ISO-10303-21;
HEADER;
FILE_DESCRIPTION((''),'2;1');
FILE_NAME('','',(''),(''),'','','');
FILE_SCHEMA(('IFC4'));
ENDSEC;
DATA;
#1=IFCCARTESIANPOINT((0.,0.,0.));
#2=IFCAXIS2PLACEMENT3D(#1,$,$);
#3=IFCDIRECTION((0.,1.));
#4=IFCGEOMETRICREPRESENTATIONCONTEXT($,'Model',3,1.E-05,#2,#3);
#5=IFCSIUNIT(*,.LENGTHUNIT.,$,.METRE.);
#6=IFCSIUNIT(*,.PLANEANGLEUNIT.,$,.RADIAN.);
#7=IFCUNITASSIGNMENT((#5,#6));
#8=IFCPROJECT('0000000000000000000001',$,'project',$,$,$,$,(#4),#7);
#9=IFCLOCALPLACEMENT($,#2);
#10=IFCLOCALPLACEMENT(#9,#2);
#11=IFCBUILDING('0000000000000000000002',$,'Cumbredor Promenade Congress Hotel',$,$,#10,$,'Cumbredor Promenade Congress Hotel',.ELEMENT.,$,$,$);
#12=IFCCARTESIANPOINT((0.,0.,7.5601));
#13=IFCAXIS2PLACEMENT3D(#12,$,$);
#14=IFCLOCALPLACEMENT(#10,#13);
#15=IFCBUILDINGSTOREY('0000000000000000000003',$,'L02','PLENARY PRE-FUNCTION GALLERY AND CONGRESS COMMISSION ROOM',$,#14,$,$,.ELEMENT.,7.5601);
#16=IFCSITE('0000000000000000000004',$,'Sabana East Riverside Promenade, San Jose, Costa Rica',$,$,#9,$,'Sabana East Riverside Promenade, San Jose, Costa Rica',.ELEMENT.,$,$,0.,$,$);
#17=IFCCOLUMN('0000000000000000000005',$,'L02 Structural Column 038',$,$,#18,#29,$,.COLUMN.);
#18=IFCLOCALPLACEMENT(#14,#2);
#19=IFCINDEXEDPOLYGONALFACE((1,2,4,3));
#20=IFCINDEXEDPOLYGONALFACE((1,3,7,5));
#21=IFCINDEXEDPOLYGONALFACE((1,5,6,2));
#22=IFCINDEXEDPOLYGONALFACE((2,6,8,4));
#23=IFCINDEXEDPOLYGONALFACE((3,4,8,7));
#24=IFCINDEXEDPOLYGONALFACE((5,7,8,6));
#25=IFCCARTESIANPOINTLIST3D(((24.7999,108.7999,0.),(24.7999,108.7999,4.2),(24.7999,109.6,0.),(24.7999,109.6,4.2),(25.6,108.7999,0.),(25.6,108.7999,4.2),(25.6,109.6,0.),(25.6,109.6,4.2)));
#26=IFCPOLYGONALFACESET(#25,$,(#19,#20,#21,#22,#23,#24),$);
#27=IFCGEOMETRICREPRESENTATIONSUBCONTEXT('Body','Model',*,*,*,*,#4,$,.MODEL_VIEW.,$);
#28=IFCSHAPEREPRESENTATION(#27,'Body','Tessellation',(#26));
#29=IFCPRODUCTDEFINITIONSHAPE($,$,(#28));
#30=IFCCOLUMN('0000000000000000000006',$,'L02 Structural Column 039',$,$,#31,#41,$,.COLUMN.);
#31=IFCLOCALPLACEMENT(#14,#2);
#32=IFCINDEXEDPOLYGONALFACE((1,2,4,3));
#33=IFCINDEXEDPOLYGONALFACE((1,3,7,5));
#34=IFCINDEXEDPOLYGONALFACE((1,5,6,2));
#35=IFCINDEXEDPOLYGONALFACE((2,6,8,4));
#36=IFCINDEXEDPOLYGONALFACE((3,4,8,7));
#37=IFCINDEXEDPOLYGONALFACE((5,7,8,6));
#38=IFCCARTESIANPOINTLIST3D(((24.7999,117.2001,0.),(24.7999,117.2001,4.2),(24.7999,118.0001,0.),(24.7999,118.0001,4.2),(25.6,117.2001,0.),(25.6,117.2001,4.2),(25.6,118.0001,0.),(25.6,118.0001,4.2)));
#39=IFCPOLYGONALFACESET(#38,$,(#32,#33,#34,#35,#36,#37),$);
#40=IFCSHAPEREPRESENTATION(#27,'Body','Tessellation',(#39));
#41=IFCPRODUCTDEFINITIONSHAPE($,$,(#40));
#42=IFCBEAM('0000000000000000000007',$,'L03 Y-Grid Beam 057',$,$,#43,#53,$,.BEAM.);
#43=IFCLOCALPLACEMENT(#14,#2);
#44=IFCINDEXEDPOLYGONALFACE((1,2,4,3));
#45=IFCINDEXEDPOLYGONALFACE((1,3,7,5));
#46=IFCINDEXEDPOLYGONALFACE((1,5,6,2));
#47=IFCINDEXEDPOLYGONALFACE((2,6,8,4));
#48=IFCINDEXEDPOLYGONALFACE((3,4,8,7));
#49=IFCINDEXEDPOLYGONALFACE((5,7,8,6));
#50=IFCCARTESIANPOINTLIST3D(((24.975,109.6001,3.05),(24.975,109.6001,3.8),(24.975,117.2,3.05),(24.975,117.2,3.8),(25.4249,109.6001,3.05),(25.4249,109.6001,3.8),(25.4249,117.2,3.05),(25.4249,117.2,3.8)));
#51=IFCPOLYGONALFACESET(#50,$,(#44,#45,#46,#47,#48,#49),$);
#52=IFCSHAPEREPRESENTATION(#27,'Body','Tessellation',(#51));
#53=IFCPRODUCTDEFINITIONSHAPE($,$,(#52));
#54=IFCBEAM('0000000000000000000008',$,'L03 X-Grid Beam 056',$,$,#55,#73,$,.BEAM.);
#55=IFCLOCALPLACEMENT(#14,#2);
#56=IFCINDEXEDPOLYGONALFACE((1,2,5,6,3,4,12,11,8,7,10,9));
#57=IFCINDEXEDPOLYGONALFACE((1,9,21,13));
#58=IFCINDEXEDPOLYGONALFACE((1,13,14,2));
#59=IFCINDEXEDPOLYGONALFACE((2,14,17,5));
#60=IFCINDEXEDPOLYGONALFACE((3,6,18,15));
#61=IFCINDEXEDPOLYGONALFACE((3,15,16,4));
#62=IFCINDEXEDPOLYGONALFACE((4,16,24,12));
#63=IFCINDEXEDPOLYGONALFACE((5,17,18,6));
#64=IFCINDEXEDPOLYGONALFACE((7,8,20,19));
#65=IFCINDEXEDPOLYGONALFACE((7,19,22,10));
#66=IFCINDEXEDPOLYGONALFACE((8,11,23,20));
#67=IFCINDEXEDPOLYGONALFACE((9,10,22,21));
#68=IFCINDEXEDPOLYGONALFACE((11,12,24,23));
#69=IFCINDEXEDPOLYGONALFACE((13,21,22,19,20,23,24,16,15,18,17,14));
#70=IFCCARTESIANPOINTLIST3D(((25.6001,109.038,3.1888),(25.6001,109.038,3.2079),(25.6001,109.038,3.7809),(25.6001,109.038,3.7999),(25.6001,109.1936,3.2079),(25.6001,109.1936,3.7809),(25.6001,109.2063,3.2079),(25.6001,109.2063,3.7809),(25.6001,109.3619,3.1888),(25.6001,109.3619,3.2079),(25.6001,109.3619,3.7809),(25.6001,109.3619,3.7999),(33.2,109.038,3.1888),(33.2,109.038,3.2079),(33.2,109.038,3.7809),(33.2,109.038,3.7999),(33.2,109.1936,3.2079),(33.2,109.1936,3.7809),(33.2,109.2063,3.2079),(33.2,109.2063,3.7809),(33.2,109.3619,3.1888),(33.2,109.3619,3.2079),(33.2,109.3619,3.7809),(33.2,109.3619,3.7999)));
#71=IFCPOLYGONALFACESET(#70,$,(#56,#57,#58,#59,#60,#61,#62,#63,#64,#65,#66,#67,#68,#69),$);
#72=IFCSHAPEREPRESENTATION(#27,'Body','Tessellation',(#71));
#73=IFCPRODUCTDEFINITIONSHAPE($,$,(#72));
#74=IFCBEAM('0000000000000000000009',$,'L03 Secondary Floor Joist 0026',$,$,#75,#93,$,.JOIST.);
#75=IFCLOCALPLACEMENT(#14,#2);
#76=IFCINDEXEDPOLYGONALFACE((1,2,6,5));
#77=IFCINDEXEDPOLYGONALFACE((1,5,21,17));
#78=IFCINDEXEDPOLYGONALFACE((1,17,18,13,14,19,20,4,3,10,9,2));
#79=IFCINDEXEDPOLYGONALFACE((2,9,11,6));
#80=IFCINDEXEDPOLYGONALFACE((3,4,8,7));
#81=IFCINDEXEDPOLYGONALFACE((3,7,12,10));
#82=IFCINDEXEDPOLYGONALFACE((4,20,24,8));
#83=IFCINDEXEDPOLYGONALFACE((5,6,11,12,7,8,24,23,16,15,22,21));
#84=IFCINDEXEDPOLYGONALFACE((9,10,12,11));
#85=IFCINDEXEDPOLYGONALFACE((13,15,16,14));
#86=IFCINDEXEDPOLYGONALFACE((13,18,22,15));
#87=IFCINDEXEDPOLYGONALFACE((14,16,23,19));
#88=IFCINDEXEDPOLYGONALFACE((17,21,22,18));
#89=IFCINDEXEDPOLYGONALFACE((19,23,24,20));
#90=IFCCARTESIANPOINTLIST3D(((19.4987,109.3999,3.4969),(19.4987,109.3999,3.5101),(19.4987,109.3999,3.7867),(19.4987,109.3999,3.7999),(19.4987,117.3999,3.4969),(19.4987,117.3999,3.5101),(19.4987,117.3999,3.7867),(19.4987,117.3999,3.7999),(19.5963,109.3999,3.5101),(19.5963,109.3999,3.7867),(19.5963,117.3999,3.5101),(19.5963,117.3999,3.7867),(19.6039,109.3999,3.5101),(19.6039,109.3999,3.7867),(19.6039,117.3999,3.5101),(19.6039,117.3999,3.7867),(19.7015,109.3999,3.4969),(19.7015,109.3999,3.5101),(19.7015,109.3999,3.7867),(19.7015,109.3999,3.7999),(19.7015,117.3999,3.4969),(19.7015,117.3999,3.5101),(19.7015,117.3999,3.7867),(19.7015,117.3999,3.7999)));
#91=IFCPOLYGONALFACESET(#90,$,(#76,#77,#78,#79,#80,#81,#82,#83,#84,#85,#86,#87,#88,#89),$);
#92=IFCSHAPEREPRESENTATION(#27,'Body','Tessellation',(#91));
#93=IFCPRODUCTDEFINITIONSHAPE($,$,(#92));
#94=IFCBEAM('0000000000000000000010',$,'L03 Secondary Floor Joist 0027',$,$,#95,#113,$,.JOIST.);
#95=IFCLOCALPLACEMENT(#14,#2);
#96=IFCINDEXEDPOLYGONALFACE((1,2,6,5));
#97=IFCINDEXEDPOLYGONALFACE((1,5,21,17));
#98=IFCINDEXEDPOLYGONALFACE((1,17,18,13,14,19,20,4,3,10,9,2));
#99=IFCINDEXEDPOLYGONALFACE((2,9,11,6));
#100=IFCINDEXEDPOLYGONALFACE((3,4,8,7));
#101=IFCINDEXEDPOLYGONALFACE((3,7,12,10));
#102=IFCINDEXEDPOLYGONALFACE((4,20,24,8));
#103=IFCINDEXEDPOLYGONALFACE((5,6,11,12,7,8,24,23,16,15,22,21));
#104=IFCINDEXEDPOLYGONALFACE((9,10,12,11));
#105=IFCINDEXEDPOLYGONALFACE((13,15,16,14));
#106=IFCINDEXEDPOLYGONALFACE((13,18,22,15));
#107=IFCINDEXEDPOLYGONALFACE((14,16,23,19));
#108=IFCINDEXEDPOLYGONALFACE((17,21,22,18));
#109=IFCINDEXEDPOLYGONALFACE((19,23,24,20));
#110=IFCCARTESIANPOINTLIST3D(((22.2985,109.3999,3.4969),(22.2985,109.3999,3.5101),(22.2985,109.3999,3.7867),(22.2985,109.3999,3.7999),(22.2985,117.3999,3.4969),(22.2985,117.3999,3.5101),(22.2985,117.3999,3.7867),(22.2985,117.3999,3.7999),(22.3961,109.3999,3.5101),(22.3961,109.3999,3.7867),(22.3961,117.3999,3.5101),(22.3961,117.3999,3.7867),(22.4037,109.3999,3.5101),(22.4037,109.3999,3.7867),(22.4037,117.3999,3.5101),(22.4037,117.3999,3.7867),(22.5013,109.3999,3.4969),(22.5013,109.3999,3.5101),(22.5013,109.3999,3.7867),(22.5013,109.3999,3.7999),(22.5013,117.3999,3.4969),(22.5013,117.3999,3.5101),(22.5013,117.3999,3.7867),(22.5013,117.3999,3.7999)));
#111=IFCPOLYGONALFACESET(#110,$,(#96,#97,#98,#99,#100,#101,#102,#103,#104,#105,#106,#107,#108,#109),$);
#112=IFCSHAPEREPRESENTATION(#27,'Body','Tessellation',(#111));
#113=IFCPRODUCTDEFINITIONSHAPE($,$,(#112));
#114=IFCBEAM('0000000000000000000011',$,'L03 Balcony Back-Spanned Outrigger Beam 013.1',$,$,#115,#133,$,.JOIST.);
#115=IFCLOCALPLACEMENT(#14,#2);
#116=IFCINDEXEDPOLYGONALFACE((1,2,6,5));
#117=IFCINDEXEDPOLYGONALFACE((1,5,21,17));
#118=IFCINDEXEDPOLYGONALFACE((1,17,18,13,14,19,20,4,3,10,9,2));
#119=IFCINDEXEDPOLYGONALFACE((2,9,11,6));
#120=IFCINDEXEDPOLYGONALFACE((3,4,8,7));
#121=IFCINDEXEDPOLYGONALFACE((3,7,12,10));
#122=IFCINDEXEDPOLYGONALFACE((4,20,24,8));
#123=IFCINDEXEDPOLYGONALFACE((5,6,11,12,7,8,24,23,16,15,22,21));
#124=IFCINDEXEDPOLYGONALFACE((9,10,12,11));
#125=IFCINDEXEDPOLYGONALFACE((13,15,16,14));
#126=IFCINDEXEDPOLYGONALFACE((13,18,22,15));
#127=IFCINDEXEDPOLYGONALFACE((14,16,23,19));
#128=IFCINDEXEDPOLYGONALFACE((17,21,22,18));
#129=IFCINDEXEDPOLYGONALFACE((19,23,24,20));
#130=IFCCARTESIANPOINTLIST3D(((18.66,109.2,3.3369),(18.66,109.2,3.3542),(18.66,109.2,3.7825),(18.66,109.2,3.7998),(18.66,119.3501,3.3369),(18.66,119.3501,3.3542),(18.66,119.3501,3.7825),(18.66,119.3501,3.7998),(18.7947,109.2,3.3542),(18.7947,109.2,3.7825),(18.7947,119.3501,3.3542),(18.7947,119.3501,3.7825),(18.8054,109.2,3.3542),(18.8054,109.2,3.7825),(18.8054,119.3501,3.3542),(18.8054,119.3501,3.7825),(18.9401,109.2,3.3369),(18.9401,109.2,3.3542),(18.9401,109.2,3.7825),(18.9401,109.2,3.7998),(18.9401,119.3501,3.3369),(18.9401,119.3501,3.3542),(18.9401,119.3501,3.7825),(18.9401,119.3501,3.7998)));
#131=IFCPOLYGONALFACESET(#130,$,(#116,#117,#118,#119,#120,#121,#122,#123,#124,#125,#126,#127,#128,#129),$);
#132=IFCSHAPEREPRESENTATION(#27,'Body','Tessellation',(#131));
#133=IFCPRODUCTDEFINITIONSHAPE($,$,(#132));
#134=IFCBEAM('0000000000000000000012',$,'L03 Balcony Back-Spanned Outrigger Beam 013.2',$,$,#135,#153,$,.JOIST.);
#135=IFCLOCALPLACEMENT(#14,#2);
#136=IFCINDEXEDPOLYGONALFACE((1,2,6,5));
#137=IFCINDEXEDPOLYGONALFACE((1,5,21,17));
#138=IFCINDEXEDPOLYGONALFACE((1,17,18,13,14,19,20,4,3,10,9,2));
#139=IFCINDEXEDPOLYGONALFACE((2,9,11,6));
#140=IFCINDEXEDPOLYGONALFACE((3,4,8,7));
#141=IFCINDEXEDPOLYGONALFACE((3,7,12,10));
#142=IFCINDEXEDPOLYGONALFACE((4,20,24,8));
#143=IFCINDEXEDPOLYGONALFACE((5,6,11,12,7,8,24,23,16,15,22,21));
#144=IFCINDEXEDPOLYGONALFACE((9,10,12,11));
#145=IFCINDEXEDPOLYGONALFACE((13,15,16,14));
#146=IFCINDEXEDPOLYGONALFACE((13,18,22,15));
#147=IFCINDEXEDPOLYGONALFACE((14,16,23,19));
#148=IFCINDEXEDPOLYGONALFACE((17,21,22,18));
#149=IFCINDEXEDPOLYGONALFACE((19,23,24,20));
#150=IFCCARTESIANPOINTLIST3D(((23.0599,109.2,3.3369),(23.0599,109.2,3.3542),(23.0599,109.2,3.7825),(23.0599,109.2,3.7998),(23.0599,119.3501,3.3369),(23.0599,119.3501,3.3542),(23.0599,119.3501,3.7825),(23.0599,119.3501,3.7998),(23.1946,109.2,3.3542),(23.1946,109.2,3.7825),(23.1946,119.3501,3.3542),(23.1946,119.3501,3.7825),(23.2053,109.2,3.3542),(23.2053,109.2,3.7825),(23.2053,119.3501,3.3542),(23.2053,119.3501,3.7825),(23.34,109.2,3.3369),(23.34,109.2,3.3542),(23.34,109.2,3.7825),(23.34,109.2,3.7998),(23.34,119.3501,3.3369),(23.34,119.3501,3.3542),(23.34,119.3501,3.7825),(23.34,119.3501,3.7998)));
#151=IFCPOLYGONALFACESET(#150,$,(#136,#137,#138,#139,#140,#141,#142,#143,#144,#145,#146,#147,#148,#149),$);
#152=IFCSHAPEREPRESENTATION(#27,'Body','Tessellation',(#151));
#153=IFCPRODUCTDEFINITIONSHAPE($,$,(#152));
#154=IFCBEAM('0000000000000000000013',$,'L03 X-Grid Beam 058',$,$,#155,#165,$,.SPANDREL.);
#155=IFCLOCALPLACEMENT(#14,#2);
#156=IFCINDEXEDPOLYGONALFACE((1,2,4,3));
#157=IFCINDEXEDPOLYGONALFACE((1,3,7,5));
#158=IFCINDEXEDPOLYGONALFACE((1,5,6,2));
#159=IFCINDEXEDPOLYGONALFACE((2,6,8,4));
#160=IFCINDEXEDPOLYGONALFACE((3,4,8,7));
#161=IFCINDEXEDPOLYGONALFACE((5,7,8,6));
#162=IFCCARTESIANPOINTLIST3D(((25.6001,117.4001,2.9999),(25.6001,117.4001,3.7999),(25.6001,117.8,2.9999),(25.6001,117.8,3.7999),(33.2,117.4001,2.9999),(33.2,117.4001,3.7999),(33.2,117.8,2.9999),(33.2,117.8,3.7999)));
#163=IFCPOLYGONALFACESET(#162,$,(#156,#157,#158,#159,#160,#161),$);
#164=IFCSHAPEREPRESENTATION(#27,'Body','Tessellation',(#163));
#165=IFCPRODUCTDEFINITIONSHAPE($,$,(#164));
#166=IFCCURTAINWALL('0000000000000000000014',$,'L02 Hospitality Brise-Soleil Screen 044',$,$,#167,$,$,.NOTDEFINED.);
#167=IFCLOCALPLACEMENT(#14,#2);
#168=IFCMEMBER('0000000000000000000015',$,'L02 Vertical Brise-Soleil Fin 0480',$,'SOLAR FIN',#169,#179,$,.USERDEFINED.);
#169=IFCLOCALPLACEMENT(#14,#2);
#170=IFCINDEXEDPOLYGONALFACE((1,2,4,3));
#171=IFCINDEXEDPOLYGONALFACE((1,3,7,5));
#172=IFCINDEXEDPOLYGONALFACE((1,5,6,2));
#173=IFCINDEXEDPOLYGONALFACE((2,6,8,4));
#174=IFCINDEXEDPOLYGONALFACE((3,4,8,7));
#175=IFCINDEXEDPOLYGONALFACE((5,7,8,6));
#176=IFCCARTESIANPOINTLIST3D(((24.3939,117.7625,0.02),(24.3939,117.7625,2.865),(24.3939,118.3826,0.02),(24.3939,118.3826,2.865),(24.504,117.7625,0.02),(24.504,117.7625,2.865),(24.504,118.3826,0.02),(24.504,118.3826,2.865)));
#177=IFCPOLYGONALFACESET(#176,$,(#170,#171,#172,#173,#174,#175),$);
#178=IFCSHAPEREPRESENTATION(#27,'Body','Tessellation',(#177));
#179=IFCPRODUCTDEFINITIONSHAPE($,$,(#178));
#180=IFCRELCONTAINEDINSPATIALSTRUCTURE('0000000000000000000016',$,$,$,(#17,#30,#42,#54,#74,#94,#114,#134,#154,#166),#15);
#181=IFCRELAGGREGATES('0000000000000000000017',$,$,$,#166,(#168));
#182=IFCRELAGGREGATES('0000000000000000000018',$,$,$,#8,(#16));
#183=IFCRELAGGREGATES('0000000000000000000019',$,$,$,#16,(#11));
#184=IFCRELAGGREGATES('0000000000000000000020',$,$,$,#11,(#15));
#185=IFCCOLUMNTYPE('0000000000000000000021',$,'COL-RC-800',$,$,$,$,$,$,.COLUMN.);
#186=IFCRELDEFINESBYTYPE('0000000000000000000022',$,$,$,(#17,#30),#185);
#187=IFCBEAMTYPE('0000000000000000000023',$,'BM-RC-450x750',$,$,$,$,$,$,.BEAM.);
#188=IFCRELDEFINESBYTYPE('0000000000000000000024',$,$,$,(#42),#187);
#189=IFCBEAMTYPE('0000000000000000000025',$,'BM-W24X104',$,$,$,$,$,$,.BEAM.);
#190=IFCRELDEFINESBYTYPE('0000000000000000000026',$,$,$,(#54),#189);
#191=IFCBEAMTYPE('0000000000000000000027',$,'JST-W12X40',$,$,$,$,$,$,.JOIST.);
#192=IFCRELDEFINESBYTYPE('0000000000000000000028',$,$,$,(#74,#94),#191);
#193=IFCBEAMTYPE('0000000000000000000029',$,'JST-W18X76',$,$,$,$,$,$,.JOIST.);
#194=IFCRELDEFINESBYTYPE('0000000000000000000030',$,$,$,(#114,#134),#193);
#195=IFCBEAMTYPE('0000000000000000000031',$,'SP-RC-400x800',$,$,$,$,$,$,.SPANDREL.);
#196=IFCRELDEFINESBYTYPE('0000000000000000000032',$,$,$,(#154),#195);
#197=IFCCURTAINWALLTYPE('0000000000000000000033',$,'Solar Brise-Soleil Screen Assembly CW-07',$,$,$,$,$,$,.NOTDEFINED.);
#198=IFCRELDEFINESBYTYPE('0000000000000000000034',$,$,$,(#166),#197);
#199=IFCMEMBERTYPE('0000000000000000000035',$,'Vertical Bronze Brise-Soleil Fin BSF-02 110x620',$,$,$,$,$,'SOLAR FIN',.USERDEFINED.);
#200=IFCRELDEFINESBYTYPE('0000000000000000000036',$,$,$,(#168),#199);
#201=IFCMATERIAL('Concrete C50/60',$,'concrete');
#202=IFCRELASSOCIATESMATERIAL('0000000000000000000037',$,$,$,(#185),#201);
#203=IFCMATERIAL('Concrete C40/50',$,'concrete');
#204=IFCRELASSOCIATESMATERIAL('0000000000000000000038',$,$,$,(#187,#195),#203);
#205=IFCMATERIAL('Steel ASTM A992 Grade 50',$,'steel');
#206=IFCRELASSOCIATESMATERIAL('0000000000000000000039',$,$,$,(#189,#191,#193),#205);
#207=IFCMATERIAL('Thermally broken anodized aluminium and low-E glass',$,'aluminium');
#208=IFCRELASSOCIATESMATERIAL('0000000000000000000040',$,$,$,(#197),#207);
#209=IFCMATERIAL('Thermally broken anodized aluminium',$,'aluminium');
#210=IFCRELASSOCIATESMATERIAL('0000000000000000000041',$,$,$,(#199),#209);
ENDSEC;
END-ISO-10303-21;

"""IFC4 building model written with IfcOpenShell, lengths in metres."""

from ifc_helpers import new_model, si_unit, direction, frame, origin, origin_2d, place, context, subcontext, project, spatial, rectangle, i_section, extrude, material, material_profile, profile_set, type_object, element, aggregate, save


model = new_model("IFC4")

# Units and contexts
model_context = context("Model", 3, precision=1e-05, world=origin(), true_north=direction((0.0, 1.0)))
body_context = subcontext(model_context, "Body", "Model", "MODEL_VIEW")
ifc_project = project(units=[si_unit("LENGTHUNIT", "METRE"), si_unit("PLANEANGLEUNIT", "RADIAN")], contexts=[model_context])

# Site, building, storey
site_placement = place(None, origin())
site = spatial("IfcSite", under=ifc_project, at=site_placement, Name="Sabana East Riverside Promenade, San Jose, Costa Rica", LongName="Sabana East Riverside Promenade, San Jose, Costa Rica", CompositionType="ELEMENT", RefElevation=0.0)
building_placement = place(site_placement, origin())
building = spatial("IfcBuilding", under=site, at=building_placement, Name="Cumbredor Promenade Congress Hotel", LongName="Cumbredor Promenade Congress Hotel", CompositionType="ELEMENT")
storey_placement = place(building_placement, frame((0.0, 0.0, 7.5601)))
storey = spatial("IfcBuildingStorey", under=building, at=storey_placement, Name="L02", Description="PLENARY PRE-FUNCTION GALLERY AND CONGRESS COMMISSION ROOM", CompositionType="ELEMENT", Elevation=7.5601)

# Columns
ifc_material_1 = material(Name="Concrete C50/60", Category="concrete")
ifc_material_profile_1 = material_profile(ifc_material_1, rectangle(XDim=0.8, YDim=0.8, at=origin_2d()), Name="RC 800x800")
ifc_profile_set_1 = profile_set([ifc_material_profile_1], Name="Concrete C50/60")
column_type = type_object("IfcColumnType", Name="COL-RC-800", PredefinedType="COLUMN", material=ifc_profile_set_1)
for number, where, z_axis, x_axis, name in (
    (1, (25.2, 109.2, 0.0), (0.0, 0.0, 1.0), (1.0, 0.0, 0.0), "L02 Structural Column 038"),
    (2, (25.2, 117.6001, 0.0), (0.0, 0.0, 1.0), (1.0, 0.0, 0.0), "L02 Structural Column 039"),
):
    element("IfcColumn", number, at=place(storey_placement, frame(where, z_axis=z_axis, x_axis=x_axis)), inside=storey, type_object=column_type, Name=name, PredefinedType="COLUMN", context=body_context, shape_type="SweptSolid", body=[
        extrude(rectangle(XDim=0.8, YDim=0.8, at=origin_2d()), origin(), (0.0, 0.0, 1.0), 4.2),
    ])

# Beams
ifc_material_2 = material(Name="Concrete C40/50", Category="concrete")
ifc_material_profile_2 = material_profile(ifc_material_2, rectangle(XDim=0.45, YDim=0.75, at=origin_2d()), Name="RC BEAM 450x750")
ifc_profile_set_2 = profile_set([ifc_material_profile_2], Name="Concrete C40/50")
beam_type_1 = type_object("IfcBeamType", Name="BM-RC-450x750", PredefinedType="BEAM", material=ifc_profile_set_2)
beam_1_placement = place(storey_placement, frame((25.2, 109.6001, 3.425), z_axis=(0.0, 1.0, 0.0), x_axis=(-1.0, 0.0, 0.0)))
element("IfcBeam", 3, at=beam_1_placement, inside=storey, type_object=beam_type_1, Name="L03 Y-Grid Beam 057", PredefinedType="BEAM", context=body_context, shape_type="SweptSolid", body=[
    extrude(rectangle(XDim=0.45, YDim=0.75, at=origin_2d()), origin(), (0.0, 0.0, 1.0), 7.5999),
])
ifc_material_3 = material(Name="Steel ASTM A992 Grade 50", Category="steel")
ifc_material_profile_3 = material_profile(ifc_material_3, i_section(OverallWidth=0.324, OverallDepth=0.6111, WebThickness=0.0127, FlangeThickness=0.019, at=origin_2d()), Name="W24X104")
ifc_profile_set_3 = profile_set([ifc_material_profile_3], Name="Steel ASTM A992 Grade 50")
beam_type_2 = type_object("IfcBeamType", Name="BM-W24X104", PredefinedType="BEAM", material=ifc_profile_set_3)
beam_2_placement = place(storey_placement, frame((25.6001, 109.2, 3.4944), z_axis=(1.0, 0.0, 0.0), x_axis=(0.0, 1.0, 0.0)))
element("IfcBeam", 4, at=beam_2_placement, inside=storey, type_object=beam_type_2, Name="L03 X-Grid Beam 056", PredefinedType="BEAM", context=body_context, shape_type="SweptSolid", body=[
    extrude(i_section(OverallWidth=0.324, OverallDepth=0.6111, WebThickness=0.0127, FlangeThickness=0.019, at=origin_2d()), origin(), (0.0, 0.0, 1.0), 7.5999),
])
ifc_material_profile_4 = material_profile(ifc_material_3, i_section(OverallWidth=0.2029, OverallDepth=0.303, WebThickness=0.0076, FlangeThickness=0.0132, at=origin_2d()), Name="W12X40")
ifc_profile_set_4 = profile_set([ifc_material_profile_4], Name="Steel ASTM A992 Grade 50")
beam_type_3 = type_object("IfcBeamType", Name="JST-W12X40", PredefinedType="JOIST", material=ifc_profile_set_4)
for number, where, z_axis, x_axis, name in (
    (5, (19.6001, 109.3999, 3.6484), (0.0, 1.0, 0.0), (-1.0, 0.0, 0.0), "L03 Secondary Floor Joist 0026"),
    (6, (22.3999, 109.3999, 3.6484), (0.0, 1.0, 0.0), (-1.0, 0.0, 0.0), "L03 Secondary Floor Joist 0027"),
):
    element("IfcBeam", number, at=place(storey_placement, frame(where, z_axis=z_axis, x_axis=x_axis)), inside=storey, type_object=beam_type_3, Name=name, PredefinedType="JOIST", context=body_context, shape_type="SweptSolid", body=[
        extrude(i_section(OverallWidth=0.2029, OverallDepth=0.303, WebThickness=0.0076, FlangeThickness=0.0132, at=origin_2d()), origin(), (0.0, 0.0, 1.0), 8.0),
    ])
ifc_material_profile_5 = material_profile(ifc_material_3, i_section(OverallWidth=0.28, OverallDepth=0.4629, WebThickness=0.0107, FlangeThickness=0.0173, at=origin_2d()), Name="W18X76")
ifc_profile_set_5 = profile_set([ifc_material_profile_5], Name="Steel ASTM A992 Grade 50")
beam_type_4 = type_object("IfcBeamType", Name="JST-W18X76", PredefinedType="JOIST", material=ifc_profile_set_5)
for number, where, z_axis, x_axis, name in (
    (7, (18.8, 109.2, 3.5684), (0.0, 1.0, 0.0), (-1.0, 0.0, 0.0), "L03 Balcony Back-Spanned Outrigger Beam 013.1"),
    (8, (23.2, 109.2, 3.5684), (0.0, 1.0, 0.0), (-1.0, 0.0, 0.0), "L03 Balcony Back-Spanned Outrigger Beam 013.2"),
):
    element("IfcBeam", number, at=place(storey_placement, frame(where, z_axis=z_axis, x_axis=x_axis)), inside=storey, type_object=beam_type_4, Name=name, PredefinedType="JOIST", context=body_context, shape_type="SweptSolid", body=[
        extrude(i_section(OverallWidth=0.28, OverallDepth=0.4629, WebThickness=0.0107, FlangeThickness=0.0173, at=origin_2d()), origin(), (0.0, 0.0, 1.0), 10.1501),
    ])
ifc_material_profile_6 = material_profile(ifc_material_2, rectangle(XDim=0.3999, YDim=0.8, at=origin_2d()), Name="RC SPANDREL 400x800")
ifc_profile_set_6 = profile_set([ifc_material_profile_6], Name="Concrete C40/50")
beam_type_5 = type_object("IfcBeamType", Name="SP-RC-400x800", PredefinedType="SPANDREL", material=ifc_profile_set_6)
beam_3_placement = place(storey_placement, frame((25.6001, 117.6001, 3.3999), z_axis=(1.0, 0.0, 0.0), x_axis=(0.0, 1.0, 0.0)))
element("IfcBeam", 9, at=beam_3_placement, inside=storey, type_object=beam_type_5, Name="L03 X-Grid Beam 058", PredefinedType="SPANDREL", context=body_context, shape_type="SweptSolid", body=[
    extrude(rectangle(XDim=0.3999, YDim=0.8, at=origin_2d()), origin(), (0.0, 0.0, 1.0), 7.5999),
])

# Curtain wall, member
ifc_material_4 = material(Name="Thermally broken anodized aluminium and low-E glass", Category="aluminium")
curtain_wall_type = type_object("IfcCurtainWallType", Name="Solar Brise-Soleil Screen Assembly CW-07", PredefinedType="NOTDEFINED", material=ifc_material_4)
curtain_wall_placement = place(storey_placement, origin())
curtain_wall = element("IfcCurtainWall", 10, at=curtain_wall_placement, inside=storey, type_object=curtain_wall_type, Name="L02 Hospitality Brise-Soleil Screen 044", PredefinedType="NOTDEFINED")
ifc_material_5 = material(Name="Thermally broken anodized aluminium", Category="aluminium")
ifc_material_profile_7 = material_profile(ifc_material_5, rectangle(XDim=0.1101, YDim=0.6201, at=origin_2d()), Name="ARCH FIN 110x620")
ifc_profile_set_7 = profile_set([ifc_material_profile_7], Name="Thermally broken anodized aluminium")
member_type_1 = type_object("IfcMemberType", Name="Vertical Bronze Brise-Soleil Fin BSF-02 110x620", ElementType="SOLAR FIN", PredefinedType="USERDEFINED", material=ifc_profile_set_7)
member_1_placement = place(storey_placement, frame((24.449, 118.0725, 0.02), z_axis=(0.0, 0.0, 1.0), x_axis=(1.0, 0.0, 0.0)))
member_1 = element("IfcMember", 11, at=member_1_placement, type_object=member_type_1, Name="L02 Vertical Brise-Soleil Fin 0480", ObjectType="SOLAR FIN", PredefinedType="USERDEFINED", context=body_context, shape_type="SweptSolid", body=[
    extrude(rectangle(XDim=0.1101, YDim=0.6201, at=origin_2d()), origin(), (0.0, 0.0, 1.0), 2.845),
])
aggregate(curtain_wall, [member_1])

save(model, "model.ifc")
